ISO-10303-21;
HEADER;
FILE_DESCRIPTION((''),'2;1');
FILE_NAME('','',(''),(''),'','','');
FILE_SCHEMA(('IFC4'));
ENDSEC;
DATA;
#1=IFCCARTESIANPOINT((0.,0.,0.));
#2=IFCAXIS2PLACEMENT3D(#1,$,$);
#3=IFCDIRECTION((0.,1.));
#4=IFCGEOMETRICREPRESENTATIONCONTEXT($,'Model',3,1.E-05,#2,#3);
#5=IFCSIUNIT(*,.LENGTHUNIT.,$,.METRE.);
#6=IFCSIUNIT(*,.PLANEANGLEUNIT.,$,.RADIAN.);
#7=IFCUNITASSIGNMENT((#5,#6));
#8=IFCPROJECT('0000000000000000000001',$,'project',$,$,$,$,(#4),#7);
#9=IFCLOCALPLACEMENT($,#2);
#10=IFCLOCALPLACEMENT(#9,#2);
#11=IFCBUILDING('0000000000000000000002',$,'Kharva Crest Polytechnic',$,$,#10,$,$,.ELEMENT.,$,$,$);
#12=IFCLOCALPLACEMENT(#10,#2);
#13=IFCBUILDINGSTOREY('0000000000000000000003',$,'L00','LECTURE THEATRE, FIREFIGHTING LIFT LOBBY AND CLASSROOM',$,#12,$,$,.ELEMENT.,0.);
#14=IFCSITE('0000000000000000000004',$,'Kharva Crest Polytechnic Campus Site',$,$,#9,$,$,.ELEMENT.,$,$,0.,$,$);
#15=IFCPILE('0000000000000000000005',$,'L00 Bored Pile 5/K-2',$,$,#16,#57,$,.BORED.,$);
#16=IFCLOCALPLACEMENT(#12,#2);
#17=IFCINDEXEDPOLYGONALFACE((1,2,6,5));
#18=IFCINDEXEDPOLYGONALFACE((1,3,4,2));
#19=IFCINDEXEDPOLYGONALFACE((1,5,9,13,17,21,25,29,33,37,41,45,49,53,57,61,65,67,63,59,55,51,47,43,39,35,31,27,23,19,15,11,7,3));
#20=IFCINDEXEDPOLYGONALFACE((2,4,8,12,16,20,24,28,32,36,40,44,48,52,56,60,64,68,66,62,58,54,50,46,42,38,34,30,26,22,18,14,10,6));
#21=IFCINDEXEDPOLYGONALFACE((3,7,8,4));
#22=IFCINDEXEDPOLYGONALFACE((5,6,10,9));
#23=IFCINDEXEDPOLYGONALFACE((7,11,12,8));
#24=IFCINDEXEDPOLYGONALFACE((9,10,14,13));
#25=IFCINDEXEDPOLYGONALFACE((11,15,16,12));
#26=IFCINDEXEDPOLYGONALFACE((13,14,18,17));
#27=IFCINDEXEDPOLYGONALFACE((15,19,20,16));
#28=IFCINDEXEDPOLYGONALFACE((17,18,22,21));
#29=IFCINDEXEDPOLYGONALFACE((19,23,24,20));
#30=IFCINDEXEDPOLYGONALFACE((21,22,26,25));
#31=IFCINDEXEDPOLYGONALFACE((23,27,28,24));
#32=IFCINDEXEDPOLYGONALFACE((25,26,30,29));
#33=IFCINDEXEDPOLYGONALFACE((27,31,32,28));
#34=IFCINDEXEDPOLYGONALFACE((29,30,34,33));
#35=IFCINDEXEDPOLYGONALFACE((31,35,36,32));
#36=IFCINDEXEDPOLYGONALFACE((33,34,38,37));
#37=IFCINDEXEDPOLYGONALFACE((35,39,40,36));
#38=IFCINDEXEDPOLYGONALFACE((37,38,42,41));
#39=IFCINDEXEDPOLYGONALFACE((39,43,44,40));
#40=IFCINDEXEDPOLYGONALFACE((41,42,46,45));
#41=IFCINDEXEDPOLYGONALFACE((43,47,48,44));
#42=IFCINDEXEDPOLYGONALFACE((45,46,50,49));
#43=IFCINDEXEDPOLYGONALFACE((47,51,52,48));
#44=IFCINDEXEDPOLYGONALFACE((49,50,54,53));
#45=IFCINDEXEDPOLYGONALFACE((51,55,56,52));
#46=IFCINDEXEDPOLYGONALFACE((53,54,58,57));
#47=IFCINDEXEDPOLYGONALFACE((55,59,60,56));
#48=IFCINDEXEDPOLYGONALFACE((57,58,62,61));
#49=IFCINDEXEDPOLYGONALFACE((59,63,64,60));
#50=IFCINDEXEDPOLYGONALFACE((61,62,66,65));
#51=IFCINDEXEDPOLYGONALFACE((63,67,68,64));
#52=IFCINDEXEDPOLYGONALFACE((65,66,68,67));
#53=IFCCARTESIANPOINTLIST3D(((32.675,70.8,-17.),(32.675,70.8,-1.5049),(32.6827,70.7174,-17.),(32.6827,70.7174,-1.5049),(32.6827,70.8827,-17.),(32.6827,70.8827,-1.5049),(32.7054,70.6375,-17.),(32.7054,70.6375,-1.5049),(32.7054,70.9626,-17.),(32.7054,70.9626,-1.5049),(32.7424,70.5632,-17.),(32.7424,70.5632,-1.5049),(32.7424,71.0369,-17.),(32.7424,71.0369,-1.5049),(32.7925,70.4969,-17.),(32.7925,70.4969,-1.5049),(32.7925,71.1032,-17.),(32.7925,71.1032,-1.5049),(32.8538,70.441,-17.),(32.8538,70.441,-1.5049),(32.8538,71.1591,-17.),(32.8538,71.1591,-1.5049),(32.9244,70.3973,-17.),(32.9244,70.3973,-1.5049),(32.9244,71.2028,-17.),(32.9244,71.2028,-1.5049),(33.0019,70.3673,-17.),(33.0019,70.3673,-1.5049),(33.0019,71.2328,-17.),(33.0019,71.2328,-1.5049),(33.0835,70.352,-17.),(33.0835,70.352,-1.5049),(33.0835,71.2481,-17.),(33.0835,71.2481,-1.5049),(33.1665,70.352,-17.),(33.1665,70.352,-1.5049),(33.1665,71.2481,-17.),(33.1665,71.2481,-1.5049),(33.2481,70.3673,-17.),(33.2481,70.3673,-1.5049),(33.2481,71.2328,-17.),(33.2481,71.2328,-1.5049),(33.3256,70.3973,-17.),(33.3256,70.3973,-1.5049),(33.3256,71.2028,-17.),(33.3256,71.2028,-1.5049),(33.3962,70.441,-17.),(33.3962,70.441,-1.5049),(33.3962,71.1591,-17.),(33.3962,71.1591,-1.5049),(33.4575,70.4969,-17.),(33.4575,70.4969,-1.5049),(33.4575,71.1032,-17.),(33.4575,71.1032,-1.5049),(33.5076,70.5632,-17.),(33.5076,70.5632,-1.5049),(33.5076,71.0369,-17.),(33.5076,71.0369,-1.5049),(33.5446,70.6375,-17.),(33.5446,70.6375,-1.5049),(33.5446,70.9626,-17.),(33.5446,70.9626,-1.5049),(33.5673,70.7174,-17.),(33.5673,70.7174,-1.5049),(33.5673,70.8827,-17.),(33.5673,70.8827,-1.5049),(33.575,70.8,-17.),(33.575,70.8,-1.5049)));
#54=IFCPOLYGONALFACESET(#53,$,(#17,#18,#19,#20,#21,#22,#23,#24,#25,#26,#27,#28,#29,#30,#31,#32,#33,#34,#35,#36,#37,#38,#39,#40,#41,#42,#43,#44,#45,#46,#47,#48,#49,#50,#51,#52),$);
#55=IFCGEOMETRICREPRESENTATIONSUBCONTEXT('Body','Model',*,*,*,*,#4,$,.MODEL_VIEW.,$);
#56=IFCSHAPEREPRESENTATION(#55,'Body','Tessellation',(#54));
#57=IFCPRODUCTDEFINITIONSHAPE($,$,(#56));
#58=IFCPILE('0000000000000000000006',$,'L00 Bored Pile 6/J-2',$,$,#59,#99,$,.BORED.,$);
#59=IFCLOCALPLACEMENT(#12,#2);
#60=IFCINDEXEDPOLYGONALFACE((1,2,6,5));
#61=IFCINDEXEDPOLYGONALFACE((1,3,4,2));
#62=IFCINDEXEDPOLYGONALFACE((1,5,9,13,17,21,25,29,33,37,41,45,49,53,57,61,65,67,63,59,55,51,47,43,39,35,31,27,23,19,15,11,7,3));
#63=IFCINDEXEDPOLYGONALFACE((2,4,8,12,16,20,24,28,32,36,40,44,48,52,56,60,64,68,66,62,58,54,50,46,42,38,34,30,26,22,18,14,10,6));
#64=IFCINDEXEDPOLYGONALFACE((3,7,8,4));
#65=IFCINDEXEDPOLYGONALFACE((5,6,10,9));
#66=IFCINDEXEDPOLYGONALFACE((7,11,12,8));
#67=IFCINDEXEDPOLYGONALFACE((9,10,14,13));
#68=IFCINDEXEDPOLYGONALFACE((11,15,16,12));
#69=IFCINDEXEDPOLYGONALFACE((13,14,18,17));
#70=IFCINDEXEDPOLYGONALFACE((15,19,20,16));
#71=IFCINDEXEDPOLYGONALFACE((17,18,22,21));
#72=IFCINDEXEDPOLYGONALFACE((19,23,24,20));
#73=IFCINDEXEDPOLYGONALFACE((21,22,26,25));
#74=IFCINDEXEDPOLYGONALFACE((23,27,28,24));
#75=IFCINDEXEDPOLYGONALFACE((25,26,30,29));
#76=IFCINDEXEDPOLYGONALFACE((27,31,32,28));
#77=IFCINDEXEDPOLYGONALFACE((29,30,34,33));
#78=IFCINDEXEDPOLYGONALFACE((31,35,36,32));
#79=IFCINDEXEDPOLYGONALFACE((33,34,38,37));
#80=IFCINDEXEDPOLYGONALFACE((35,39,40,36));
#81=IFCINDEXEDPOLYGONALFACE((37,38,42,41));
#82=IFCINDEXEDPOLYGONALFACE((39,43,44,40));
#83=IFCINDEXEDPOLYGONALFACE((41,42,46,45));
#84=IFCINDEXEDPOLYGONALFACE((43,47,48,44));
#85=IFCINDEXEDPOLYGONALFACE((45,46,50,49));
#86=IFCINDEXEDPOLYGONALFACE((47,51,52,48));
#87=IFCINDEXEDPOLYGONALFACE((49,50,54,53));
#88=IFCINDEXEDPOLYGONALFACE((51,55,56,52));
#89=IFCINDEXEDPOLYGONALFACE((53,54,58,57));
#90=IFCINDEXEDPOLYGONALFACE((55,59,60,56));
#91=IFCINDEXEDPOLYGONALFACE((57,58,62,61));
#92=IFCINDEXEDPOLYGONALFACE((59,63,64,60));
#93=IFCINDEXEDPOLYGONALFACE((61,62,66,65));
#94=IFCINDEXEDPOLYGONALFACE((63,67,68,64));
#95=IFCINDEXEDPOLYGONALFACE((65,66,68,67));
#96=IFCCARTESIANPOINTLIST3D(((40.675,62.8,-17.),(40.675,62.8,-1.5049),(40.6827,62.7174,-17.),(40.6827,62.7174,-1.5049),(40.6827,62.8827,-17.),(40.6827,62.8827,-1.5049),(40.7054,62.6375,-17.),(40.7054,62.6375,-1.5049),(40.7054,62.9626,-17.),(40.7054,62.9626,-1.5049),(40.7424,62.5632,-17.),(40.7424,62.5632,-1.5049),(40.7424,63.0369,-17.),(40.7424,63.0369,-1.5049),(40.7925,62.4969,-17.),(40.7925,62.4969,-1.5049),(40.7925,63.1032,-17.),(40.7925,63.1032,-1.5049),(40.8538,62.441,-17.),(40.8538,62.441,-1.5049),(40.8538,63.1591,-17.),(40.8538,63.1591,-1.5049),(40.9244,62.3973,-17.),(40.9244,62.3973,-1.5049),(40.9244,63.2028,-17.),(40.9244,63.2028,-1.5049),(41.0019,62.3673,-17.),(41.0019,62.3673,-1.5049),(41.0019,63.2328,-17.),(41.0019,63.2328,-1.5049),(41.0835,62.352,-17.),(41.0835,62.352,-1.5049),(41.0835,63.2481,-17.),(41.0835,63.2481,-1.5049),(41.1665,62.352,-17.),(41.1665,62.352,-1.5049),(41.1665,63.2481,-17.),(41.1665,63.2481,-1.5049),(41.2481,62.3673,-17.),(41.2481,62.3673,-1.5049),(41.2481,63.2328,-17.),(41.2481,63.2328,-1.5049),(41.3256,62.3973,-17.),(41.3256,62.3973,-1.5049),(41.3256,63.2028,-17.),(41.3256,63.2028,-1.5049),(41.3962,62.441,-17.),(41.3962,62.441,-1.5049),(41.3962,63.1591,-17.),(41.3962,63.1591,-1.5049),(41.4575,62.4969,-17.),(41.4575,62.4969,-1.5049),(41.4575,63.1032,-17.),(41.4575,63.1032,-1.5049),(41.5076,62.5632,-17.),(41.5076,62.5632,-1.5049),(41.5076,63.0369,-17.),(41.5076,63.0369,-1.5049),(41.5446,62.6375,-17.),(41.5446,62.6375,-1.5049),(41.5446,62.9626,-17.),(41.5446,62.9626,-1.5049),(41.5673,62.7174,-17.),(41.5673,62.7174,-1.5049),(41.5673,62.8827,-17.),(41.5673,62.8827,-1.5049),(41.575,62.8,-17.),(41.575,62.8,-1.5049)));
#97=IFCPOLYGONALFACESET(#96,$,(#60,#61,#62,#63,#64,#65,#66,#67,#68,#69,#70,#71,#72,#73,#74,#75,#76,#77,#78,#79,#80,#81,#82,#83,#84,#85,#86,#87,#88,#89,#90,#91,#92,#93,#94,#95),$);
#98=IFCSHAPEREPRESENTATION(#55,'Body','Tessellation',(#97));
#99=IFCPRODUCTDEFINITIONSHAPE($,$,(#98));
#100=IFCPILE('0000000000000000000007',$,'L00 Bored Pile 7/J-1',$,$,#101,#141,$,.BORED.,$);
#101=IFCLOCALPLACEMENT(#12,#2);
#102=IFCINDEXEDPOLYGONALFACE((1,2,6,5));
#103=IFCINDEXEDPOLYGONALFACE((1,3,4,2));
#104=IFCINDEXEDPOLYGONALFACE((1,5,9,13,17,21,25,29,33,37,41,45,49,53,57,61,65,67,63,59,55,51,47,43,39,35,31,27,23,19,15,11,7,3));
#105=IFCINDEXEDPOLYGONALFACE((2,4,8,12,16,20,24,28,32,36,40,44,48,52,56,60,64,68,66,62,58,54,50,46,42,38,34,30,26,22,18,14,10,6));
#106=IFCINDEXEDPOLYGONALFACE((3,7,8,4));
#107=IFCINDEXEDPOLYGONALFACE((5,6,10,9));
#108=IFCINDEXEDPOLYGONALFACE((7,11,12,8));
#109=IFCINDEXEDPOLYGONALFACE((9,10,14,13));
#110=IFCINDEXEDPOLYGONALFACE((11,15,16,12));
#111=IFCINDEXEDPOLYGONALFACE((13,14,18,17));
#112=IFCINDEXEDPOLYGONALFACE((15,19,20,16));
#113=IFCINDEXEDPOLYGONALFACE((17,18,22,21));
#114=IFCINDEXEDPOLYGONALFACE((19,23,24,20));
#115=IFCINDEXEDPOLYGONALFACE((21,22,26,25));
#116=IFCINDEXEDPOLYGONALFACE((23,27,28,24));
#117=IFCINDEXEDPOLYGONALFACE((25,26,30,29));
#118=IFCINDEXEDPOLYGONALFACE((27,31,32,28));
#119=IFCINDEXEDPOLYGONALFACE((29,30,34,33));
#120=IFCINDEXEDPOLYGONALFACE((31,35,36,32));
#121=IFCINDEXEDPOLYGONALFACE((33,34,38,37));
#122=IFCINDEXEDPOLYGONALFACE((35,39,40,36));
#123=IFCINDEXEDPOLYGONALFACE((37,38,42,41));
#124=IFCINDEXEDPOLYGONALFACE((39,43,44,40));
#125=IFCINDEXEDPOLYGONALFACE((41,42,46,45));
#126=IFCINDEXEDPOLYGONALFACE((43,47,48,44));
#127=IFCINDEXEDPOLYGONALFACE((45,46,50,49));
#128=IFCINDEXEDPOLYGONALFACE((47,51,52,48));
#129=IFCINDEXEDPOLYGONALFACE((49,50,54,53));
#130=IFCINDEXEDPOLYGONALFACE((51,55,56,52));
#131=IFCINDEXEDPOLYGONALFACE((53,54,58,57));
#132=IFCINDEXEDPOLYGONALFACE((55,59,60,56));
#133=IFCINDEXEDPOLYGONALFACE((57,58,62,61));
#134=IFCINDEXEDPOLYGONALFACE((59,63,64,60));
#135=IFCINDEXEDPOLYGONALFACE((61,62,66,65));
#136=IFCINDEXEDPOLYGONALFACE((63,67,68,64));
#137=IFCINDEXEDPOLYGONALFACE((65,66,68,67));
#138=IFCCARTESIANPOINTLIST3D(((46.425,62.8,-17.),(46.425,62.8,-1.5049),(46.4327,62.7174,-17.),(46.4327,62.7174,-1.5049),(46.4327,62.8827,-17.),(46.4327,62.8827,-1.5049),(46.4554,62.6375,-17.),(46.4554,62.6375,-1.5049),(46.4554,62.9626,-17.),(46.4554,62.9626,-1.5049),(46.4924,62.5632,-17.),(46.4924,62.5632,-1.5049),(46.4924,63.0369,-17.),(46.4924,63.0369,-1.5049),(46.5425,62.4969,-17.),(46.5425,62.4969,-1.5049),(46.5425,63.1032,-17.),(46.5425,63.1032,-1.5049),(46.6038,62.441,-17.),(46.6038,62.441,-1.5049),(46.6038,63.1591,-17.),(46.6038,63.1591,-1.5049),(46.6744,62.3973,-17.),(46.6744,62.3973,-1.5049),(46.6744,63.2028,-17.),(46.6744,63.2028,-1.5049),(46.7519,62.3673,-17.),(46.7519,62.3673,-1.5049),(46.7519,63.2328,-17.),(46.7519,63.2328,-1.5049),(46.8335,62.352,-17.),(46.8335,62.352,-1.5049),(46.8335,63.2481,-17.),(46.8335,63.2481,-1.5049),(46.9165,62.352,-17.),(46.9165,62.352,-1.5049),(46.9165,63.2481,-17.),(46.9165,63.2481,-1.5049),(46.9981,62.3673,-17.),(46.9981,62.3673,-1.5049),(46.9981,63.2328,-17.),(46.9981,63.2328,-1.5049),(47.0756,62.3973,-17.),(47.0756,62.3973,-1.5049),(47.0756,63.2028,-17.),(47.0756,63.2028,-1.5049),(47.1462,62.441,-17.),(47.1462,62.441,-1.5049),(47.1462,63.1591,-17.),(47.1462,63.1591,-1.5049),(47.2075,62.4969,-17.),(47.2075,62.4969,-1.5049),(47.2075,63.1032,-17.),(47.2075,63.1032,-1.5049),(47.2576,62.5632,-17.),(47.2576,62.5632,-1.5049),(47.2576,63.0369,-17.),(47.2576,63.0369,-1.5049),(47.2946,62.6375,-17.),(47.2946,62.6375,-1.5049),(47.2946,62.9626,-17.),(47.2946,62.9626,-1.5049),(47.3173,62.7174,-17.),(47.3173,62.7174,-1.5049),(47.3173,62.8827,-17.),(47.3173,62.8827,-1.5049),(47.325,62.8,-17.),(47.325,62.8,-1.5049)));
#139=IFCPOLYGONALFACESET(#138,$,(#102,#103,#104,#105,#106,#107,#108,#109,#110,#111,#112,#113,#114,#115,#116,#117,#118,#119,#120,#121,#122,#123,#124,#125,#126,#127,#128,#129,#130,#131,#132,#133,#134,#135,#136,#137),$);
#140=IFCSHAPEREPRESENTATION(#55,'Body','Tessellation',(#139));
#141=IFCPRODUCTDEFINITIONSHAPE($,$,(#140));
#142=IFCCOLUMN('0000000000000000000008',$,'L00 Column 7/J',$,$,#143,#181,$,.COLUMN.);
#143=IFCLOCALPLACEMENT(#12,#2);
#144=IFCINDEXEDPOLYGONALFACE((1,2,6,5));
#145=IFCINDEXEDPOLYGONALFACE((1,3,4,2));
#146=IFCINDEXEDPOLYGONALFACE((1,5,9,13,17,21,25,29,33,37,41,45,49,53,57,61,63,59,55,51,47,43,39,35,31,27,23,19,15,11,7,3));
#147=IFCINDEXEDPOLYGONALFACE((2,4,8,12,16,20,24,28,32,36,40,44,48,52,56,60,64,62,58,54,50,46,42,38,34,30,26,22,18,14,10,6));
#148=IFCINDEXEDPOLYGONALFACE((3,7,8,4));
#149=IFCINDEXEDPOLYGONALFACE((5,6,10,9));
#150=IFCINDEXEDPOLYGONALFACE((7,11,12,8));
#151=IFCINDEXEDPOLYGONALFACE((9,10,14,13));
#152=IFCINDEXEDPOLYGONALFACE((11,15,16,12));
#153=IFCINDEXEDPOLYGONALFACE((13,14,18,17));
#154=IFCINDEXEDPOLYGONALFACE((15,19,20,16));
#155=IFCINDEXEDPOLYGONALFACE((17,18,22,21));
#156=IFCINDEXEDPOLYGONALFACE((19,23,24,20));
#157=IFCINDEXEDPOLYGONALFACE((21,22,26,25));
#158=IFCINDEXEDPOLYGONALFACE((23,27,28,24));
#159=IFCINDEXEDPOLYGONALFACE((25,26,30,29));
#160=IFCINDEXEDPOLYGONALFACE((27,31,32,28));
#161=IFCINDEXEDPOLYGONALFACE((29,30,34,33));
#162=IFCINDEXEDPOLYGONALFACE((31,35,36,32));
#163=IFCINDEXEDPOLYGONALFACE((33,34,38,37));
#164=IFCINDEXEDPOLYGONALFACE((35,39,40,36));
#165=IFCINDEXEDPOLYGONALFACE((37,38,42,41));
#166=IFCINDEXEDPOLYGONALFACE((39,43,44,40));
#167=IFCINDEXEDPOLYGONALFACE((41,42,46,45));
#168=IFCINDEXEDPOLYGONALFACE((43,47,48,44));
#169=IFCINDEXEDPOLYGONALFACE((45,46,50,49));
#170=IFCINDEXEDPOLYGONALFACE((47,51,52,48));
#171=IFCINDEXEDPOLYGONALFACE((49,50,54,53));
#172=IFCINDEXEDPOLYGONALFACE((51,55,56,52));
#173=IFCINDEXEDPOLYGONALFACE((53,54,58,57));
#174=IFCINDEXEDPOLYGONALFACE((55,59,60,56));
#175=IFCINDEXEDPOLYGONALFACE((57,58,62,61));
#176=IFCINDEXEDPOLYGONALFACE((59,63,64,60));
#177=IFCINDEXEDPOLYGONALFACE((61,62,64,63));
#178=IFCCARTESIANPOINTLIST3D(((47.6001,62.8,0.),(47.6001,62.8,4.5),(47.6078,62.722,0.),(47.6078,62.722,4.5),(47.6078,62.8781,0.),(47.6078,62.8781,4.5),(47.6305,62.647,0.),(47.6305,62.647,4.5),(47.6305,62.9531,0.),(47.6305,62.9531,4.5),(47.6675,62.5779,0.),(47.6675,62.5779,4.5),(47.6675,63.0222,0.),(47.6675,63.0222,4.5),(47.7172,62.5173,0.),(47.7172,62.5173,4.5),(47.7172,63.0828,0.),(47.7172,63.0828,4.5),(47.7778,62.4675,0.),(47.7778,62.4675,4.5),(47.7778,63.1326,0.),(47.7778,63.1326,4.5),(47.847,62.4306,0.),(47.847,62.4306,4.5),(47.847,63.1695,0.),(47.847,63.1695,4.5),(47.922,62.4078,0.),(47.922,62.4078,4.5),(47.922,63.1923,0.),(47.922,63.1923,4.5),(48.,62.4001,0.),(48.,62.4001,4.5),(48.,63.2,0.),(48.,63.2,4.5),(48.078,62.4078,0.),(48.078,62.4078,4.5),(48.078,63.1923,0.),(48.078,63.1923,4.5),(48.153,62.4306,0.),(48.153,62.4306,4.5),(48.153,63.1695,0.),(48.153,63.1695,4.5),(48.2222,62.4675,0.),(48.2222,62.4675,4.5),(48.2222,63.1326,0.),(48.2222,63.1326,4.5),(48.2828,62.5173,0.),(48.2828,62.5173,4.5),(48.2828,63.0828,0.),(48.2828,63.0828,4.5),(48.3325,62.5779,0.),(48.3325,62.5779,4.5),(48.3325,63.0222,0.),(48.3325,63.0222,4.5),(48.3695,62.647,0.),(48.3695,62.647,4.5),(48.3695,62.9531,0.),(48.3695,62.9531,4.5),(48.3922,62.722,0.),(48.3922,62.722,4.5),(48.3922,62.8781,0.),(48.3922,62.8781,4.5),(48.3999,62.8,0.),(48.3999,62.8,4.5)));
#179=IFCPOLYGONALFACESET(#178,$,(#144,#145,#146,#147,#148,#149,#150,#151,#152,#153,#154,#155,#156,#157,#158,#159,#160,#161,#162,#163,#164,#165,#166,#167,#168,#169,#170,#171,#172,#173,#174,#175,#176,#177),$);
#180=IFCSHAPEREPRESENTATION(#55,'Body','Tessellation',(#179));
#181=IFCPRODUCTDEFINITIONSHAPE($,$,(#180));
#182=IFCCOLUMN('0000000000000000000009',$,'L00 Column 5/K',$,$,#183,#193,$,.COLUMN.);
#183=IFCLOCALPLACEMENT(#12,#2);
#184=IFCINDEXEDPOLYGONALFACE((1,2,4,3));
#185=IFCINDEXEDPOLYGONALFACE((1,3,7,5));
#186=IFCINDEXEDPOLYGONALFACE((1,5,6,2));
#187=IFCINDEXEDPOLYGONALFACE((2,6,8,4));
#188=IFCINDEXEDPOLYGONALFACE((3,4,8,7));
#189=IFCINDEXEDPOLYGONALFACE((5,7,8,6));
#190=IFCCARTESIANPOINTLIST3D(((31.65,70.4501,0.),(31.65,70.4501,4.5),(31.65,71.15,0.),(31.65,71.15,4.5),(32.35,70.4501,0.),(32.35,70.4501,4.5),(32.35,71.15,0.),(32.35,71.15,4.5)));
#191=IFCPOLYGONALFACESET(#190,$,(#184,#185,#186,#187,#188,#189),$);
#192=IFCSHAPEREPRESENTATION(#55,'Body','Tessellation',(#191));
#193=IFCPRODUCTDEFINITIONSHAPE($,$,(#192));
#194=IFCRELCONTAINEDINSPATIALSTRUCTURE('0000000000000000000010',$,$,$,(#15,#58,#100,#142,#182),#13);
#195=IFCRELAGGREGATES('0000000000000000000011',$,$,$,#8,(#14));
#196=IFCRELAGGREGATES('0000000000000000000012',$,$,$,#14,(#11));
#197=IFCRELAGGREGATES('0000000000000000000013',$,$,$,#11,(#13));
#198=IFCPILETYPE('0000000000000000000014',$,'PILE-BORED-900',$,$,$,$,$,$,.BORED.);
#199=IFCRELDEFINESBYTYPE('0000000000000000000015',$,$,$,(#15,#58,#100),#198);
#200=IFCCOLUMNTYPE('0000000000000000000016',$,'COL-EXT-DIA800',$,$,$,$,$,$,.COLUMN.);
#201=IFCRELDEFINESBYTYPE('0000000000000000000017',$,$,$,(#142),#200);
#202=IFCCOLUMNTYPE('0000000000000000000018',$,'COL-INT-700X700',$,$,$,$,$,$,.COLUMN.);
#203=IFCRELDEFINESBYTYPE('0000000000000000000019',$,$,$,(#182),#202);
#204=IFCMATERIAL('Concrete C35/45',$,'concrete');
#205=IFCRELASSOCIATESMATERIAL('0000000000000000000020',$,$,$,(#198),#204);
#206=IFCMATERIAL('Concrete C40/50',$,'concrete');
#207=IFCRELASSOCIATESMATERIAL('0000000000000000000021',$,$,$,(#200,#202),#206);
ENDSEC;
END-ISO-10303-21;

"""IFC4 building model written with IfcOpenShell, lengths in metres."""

from ifc_helpers import new_model, si_unit, direction, frame, origin, origin_2d, place, context, subcontext, project, spatial, rectangle, circle, extrude, material, material_profile, profile_set, type_object, element, save


model = new_model("IFC4")

# Units and contexts
model_context = context("Model", 3, precision=1e-05, world=origin(), true_north=direction((0.0, 1.0)))
body_context = subcontext(model_context, "Body", "Model", "MODEL_VIEW")
ifc_project = project(units=[si_unit("LENGTHUNIT", "METRE"), si_unit("PLANEANGLEUNIT", "RADIAN")], contexts=[model_context])

# Site, building, storey
site_placement = place(None, origin())
site = spatial("IfcSite", under=ifc_project, at=site_placement, Name="Kharva Crest Polytechnic Campus Site", CompositionType="ELEMENT", RefElevation=0.0)
building_placement = place(site_placement, origin())
building = spatial("IfcBuilding", under=site, at=building_placement, Name="Kharva Crest Polytechnic", CompositionType="ELEMENT")
storey_placement = place(building_placement, origin())
storey = spatial("IfcBuildingStorey", under=building, at=storey_placement, Name="L00", Description="LECTURE THEATRE, FIREFIGHTING LIFT LOBBY AND CLASSROOM", CompositionType="ELEMENT", Elevation=0.0)

# Shared definitions
ifc_material_1 = material(Name="Concrete C35/45", Category="concrete")

# Piles
ifc_material_profile_1 = material_profile(ifc_material_1, circle(Radius=0.45, at=origin_2d()), Name="DIA 900")
ifc_profile_set_1 = profile_set([ifc_material_profile_1], Name="Concrete C35/45")
pile_type_1 = type_object("IfcPileType", Name="PILE-BORED-900", PredefinedType="BORED", material=ifc_profile_set_1)
for number, where, z_axis, x_axis, name in (
    (1, (33.125, 70.8, -1.5049), (0.0, 0.0, -1.0), (1.0, 0.0, 0.0), "L00 Bored Pile 5/K-2"),
    (2, (41.125, 62.8, -1.5049), (0.0, 0.0, -1.0), (1.0, 0.0, 0.0), "L00 Bored Pile 6/J-2"),
    (3, (46.875, 62.8, -1.5049), (0.0, 0.0, -1.0), (1.0, 0.0, 0.0), "L00 Bored Pile 7/J-1"),
):
    element("IfcPile", number, at=place(storey_placement, frame(where, z_axis=z_axis, x_axis=x_axis)), inside=storey, type_object=pile_type_1, Name=name, PredefinedType="BORED", context=body_context, shape_type="SweptSolid", body=[
        extrude(circle(Radius=0.45, at=origin_2d()), origin(), (0.0, 0.0, 1.0), 15.4951),
    ])

# Columns
ifc_material_2 = material(Name="Concrete C40/50", Category="concrete")
ifc_material_profile_2 = material_profile(ifc_material_2, circle(Radius=0.3999, at=origin_2d()), Name="DIA 800")
ifc_profile_set_2 = profile_set([ifc_material_profile_2], Name="Concrete C40/50")
column_type_1 = type_object("IfcColumnType", Name="COL-EXT-DIA800", PredefinedType="COLUMN", material=ifc_profile_set_2)
column_1_placement = place(storey_placement, frame((48.0, 62.8, 0.0), z_axis=(0.0, 0.0, 1.0), x_axis=(1.0, 0.0, 0.0)))
element("IfcColumn", 4, at=column_1_placement, inside=storey, type_object=column_type_1, Name="L00 Column 7/J", PredefinedType="COLUMN", context=body_context, shape_type="SweptSolid", body=[
    extrude(circle(Radius=0.3999, at=origin_2d()), origin(), (0.0, 0.0, 1.0), 4.5),
])
ifc_material_profile_3 = material_profile(ifc_material_2, rectangle(XDim=0.7, YDim=0.7, at=origin_2d()), Name="RECT 700 X 700")
ifc_profile_set_3 = profile_set([ifc_material_profile_3], Name="Concrete C40/50")
column_type_2 = type_object("IfcColumnType", Name="COL-INT-700X700", PredefinedType="COLUMN", material=ifc_profile_set_3)
column_2_placement = place(storey_placement, frame((32.0, 70.8, 0.0), z_axis=(0.0, 0.0, 1.0), x_axis=(1.0, 0.0, 0.0)))
element("IfcColumn", 5, at=column_2_placement, inside=storey, type_object=column_type_2, Name="L00 Column 5/K", PredefinedType="COLUMN", context=body_context, shape_type="SweptSolid", body=[
    extrude(rectangle(XDim=0.7, YDim=0.7, at=origin_2d()), origin(), (0.0, 0.0, 1.0), 4.5),
])

save(model, "model.ifc")
